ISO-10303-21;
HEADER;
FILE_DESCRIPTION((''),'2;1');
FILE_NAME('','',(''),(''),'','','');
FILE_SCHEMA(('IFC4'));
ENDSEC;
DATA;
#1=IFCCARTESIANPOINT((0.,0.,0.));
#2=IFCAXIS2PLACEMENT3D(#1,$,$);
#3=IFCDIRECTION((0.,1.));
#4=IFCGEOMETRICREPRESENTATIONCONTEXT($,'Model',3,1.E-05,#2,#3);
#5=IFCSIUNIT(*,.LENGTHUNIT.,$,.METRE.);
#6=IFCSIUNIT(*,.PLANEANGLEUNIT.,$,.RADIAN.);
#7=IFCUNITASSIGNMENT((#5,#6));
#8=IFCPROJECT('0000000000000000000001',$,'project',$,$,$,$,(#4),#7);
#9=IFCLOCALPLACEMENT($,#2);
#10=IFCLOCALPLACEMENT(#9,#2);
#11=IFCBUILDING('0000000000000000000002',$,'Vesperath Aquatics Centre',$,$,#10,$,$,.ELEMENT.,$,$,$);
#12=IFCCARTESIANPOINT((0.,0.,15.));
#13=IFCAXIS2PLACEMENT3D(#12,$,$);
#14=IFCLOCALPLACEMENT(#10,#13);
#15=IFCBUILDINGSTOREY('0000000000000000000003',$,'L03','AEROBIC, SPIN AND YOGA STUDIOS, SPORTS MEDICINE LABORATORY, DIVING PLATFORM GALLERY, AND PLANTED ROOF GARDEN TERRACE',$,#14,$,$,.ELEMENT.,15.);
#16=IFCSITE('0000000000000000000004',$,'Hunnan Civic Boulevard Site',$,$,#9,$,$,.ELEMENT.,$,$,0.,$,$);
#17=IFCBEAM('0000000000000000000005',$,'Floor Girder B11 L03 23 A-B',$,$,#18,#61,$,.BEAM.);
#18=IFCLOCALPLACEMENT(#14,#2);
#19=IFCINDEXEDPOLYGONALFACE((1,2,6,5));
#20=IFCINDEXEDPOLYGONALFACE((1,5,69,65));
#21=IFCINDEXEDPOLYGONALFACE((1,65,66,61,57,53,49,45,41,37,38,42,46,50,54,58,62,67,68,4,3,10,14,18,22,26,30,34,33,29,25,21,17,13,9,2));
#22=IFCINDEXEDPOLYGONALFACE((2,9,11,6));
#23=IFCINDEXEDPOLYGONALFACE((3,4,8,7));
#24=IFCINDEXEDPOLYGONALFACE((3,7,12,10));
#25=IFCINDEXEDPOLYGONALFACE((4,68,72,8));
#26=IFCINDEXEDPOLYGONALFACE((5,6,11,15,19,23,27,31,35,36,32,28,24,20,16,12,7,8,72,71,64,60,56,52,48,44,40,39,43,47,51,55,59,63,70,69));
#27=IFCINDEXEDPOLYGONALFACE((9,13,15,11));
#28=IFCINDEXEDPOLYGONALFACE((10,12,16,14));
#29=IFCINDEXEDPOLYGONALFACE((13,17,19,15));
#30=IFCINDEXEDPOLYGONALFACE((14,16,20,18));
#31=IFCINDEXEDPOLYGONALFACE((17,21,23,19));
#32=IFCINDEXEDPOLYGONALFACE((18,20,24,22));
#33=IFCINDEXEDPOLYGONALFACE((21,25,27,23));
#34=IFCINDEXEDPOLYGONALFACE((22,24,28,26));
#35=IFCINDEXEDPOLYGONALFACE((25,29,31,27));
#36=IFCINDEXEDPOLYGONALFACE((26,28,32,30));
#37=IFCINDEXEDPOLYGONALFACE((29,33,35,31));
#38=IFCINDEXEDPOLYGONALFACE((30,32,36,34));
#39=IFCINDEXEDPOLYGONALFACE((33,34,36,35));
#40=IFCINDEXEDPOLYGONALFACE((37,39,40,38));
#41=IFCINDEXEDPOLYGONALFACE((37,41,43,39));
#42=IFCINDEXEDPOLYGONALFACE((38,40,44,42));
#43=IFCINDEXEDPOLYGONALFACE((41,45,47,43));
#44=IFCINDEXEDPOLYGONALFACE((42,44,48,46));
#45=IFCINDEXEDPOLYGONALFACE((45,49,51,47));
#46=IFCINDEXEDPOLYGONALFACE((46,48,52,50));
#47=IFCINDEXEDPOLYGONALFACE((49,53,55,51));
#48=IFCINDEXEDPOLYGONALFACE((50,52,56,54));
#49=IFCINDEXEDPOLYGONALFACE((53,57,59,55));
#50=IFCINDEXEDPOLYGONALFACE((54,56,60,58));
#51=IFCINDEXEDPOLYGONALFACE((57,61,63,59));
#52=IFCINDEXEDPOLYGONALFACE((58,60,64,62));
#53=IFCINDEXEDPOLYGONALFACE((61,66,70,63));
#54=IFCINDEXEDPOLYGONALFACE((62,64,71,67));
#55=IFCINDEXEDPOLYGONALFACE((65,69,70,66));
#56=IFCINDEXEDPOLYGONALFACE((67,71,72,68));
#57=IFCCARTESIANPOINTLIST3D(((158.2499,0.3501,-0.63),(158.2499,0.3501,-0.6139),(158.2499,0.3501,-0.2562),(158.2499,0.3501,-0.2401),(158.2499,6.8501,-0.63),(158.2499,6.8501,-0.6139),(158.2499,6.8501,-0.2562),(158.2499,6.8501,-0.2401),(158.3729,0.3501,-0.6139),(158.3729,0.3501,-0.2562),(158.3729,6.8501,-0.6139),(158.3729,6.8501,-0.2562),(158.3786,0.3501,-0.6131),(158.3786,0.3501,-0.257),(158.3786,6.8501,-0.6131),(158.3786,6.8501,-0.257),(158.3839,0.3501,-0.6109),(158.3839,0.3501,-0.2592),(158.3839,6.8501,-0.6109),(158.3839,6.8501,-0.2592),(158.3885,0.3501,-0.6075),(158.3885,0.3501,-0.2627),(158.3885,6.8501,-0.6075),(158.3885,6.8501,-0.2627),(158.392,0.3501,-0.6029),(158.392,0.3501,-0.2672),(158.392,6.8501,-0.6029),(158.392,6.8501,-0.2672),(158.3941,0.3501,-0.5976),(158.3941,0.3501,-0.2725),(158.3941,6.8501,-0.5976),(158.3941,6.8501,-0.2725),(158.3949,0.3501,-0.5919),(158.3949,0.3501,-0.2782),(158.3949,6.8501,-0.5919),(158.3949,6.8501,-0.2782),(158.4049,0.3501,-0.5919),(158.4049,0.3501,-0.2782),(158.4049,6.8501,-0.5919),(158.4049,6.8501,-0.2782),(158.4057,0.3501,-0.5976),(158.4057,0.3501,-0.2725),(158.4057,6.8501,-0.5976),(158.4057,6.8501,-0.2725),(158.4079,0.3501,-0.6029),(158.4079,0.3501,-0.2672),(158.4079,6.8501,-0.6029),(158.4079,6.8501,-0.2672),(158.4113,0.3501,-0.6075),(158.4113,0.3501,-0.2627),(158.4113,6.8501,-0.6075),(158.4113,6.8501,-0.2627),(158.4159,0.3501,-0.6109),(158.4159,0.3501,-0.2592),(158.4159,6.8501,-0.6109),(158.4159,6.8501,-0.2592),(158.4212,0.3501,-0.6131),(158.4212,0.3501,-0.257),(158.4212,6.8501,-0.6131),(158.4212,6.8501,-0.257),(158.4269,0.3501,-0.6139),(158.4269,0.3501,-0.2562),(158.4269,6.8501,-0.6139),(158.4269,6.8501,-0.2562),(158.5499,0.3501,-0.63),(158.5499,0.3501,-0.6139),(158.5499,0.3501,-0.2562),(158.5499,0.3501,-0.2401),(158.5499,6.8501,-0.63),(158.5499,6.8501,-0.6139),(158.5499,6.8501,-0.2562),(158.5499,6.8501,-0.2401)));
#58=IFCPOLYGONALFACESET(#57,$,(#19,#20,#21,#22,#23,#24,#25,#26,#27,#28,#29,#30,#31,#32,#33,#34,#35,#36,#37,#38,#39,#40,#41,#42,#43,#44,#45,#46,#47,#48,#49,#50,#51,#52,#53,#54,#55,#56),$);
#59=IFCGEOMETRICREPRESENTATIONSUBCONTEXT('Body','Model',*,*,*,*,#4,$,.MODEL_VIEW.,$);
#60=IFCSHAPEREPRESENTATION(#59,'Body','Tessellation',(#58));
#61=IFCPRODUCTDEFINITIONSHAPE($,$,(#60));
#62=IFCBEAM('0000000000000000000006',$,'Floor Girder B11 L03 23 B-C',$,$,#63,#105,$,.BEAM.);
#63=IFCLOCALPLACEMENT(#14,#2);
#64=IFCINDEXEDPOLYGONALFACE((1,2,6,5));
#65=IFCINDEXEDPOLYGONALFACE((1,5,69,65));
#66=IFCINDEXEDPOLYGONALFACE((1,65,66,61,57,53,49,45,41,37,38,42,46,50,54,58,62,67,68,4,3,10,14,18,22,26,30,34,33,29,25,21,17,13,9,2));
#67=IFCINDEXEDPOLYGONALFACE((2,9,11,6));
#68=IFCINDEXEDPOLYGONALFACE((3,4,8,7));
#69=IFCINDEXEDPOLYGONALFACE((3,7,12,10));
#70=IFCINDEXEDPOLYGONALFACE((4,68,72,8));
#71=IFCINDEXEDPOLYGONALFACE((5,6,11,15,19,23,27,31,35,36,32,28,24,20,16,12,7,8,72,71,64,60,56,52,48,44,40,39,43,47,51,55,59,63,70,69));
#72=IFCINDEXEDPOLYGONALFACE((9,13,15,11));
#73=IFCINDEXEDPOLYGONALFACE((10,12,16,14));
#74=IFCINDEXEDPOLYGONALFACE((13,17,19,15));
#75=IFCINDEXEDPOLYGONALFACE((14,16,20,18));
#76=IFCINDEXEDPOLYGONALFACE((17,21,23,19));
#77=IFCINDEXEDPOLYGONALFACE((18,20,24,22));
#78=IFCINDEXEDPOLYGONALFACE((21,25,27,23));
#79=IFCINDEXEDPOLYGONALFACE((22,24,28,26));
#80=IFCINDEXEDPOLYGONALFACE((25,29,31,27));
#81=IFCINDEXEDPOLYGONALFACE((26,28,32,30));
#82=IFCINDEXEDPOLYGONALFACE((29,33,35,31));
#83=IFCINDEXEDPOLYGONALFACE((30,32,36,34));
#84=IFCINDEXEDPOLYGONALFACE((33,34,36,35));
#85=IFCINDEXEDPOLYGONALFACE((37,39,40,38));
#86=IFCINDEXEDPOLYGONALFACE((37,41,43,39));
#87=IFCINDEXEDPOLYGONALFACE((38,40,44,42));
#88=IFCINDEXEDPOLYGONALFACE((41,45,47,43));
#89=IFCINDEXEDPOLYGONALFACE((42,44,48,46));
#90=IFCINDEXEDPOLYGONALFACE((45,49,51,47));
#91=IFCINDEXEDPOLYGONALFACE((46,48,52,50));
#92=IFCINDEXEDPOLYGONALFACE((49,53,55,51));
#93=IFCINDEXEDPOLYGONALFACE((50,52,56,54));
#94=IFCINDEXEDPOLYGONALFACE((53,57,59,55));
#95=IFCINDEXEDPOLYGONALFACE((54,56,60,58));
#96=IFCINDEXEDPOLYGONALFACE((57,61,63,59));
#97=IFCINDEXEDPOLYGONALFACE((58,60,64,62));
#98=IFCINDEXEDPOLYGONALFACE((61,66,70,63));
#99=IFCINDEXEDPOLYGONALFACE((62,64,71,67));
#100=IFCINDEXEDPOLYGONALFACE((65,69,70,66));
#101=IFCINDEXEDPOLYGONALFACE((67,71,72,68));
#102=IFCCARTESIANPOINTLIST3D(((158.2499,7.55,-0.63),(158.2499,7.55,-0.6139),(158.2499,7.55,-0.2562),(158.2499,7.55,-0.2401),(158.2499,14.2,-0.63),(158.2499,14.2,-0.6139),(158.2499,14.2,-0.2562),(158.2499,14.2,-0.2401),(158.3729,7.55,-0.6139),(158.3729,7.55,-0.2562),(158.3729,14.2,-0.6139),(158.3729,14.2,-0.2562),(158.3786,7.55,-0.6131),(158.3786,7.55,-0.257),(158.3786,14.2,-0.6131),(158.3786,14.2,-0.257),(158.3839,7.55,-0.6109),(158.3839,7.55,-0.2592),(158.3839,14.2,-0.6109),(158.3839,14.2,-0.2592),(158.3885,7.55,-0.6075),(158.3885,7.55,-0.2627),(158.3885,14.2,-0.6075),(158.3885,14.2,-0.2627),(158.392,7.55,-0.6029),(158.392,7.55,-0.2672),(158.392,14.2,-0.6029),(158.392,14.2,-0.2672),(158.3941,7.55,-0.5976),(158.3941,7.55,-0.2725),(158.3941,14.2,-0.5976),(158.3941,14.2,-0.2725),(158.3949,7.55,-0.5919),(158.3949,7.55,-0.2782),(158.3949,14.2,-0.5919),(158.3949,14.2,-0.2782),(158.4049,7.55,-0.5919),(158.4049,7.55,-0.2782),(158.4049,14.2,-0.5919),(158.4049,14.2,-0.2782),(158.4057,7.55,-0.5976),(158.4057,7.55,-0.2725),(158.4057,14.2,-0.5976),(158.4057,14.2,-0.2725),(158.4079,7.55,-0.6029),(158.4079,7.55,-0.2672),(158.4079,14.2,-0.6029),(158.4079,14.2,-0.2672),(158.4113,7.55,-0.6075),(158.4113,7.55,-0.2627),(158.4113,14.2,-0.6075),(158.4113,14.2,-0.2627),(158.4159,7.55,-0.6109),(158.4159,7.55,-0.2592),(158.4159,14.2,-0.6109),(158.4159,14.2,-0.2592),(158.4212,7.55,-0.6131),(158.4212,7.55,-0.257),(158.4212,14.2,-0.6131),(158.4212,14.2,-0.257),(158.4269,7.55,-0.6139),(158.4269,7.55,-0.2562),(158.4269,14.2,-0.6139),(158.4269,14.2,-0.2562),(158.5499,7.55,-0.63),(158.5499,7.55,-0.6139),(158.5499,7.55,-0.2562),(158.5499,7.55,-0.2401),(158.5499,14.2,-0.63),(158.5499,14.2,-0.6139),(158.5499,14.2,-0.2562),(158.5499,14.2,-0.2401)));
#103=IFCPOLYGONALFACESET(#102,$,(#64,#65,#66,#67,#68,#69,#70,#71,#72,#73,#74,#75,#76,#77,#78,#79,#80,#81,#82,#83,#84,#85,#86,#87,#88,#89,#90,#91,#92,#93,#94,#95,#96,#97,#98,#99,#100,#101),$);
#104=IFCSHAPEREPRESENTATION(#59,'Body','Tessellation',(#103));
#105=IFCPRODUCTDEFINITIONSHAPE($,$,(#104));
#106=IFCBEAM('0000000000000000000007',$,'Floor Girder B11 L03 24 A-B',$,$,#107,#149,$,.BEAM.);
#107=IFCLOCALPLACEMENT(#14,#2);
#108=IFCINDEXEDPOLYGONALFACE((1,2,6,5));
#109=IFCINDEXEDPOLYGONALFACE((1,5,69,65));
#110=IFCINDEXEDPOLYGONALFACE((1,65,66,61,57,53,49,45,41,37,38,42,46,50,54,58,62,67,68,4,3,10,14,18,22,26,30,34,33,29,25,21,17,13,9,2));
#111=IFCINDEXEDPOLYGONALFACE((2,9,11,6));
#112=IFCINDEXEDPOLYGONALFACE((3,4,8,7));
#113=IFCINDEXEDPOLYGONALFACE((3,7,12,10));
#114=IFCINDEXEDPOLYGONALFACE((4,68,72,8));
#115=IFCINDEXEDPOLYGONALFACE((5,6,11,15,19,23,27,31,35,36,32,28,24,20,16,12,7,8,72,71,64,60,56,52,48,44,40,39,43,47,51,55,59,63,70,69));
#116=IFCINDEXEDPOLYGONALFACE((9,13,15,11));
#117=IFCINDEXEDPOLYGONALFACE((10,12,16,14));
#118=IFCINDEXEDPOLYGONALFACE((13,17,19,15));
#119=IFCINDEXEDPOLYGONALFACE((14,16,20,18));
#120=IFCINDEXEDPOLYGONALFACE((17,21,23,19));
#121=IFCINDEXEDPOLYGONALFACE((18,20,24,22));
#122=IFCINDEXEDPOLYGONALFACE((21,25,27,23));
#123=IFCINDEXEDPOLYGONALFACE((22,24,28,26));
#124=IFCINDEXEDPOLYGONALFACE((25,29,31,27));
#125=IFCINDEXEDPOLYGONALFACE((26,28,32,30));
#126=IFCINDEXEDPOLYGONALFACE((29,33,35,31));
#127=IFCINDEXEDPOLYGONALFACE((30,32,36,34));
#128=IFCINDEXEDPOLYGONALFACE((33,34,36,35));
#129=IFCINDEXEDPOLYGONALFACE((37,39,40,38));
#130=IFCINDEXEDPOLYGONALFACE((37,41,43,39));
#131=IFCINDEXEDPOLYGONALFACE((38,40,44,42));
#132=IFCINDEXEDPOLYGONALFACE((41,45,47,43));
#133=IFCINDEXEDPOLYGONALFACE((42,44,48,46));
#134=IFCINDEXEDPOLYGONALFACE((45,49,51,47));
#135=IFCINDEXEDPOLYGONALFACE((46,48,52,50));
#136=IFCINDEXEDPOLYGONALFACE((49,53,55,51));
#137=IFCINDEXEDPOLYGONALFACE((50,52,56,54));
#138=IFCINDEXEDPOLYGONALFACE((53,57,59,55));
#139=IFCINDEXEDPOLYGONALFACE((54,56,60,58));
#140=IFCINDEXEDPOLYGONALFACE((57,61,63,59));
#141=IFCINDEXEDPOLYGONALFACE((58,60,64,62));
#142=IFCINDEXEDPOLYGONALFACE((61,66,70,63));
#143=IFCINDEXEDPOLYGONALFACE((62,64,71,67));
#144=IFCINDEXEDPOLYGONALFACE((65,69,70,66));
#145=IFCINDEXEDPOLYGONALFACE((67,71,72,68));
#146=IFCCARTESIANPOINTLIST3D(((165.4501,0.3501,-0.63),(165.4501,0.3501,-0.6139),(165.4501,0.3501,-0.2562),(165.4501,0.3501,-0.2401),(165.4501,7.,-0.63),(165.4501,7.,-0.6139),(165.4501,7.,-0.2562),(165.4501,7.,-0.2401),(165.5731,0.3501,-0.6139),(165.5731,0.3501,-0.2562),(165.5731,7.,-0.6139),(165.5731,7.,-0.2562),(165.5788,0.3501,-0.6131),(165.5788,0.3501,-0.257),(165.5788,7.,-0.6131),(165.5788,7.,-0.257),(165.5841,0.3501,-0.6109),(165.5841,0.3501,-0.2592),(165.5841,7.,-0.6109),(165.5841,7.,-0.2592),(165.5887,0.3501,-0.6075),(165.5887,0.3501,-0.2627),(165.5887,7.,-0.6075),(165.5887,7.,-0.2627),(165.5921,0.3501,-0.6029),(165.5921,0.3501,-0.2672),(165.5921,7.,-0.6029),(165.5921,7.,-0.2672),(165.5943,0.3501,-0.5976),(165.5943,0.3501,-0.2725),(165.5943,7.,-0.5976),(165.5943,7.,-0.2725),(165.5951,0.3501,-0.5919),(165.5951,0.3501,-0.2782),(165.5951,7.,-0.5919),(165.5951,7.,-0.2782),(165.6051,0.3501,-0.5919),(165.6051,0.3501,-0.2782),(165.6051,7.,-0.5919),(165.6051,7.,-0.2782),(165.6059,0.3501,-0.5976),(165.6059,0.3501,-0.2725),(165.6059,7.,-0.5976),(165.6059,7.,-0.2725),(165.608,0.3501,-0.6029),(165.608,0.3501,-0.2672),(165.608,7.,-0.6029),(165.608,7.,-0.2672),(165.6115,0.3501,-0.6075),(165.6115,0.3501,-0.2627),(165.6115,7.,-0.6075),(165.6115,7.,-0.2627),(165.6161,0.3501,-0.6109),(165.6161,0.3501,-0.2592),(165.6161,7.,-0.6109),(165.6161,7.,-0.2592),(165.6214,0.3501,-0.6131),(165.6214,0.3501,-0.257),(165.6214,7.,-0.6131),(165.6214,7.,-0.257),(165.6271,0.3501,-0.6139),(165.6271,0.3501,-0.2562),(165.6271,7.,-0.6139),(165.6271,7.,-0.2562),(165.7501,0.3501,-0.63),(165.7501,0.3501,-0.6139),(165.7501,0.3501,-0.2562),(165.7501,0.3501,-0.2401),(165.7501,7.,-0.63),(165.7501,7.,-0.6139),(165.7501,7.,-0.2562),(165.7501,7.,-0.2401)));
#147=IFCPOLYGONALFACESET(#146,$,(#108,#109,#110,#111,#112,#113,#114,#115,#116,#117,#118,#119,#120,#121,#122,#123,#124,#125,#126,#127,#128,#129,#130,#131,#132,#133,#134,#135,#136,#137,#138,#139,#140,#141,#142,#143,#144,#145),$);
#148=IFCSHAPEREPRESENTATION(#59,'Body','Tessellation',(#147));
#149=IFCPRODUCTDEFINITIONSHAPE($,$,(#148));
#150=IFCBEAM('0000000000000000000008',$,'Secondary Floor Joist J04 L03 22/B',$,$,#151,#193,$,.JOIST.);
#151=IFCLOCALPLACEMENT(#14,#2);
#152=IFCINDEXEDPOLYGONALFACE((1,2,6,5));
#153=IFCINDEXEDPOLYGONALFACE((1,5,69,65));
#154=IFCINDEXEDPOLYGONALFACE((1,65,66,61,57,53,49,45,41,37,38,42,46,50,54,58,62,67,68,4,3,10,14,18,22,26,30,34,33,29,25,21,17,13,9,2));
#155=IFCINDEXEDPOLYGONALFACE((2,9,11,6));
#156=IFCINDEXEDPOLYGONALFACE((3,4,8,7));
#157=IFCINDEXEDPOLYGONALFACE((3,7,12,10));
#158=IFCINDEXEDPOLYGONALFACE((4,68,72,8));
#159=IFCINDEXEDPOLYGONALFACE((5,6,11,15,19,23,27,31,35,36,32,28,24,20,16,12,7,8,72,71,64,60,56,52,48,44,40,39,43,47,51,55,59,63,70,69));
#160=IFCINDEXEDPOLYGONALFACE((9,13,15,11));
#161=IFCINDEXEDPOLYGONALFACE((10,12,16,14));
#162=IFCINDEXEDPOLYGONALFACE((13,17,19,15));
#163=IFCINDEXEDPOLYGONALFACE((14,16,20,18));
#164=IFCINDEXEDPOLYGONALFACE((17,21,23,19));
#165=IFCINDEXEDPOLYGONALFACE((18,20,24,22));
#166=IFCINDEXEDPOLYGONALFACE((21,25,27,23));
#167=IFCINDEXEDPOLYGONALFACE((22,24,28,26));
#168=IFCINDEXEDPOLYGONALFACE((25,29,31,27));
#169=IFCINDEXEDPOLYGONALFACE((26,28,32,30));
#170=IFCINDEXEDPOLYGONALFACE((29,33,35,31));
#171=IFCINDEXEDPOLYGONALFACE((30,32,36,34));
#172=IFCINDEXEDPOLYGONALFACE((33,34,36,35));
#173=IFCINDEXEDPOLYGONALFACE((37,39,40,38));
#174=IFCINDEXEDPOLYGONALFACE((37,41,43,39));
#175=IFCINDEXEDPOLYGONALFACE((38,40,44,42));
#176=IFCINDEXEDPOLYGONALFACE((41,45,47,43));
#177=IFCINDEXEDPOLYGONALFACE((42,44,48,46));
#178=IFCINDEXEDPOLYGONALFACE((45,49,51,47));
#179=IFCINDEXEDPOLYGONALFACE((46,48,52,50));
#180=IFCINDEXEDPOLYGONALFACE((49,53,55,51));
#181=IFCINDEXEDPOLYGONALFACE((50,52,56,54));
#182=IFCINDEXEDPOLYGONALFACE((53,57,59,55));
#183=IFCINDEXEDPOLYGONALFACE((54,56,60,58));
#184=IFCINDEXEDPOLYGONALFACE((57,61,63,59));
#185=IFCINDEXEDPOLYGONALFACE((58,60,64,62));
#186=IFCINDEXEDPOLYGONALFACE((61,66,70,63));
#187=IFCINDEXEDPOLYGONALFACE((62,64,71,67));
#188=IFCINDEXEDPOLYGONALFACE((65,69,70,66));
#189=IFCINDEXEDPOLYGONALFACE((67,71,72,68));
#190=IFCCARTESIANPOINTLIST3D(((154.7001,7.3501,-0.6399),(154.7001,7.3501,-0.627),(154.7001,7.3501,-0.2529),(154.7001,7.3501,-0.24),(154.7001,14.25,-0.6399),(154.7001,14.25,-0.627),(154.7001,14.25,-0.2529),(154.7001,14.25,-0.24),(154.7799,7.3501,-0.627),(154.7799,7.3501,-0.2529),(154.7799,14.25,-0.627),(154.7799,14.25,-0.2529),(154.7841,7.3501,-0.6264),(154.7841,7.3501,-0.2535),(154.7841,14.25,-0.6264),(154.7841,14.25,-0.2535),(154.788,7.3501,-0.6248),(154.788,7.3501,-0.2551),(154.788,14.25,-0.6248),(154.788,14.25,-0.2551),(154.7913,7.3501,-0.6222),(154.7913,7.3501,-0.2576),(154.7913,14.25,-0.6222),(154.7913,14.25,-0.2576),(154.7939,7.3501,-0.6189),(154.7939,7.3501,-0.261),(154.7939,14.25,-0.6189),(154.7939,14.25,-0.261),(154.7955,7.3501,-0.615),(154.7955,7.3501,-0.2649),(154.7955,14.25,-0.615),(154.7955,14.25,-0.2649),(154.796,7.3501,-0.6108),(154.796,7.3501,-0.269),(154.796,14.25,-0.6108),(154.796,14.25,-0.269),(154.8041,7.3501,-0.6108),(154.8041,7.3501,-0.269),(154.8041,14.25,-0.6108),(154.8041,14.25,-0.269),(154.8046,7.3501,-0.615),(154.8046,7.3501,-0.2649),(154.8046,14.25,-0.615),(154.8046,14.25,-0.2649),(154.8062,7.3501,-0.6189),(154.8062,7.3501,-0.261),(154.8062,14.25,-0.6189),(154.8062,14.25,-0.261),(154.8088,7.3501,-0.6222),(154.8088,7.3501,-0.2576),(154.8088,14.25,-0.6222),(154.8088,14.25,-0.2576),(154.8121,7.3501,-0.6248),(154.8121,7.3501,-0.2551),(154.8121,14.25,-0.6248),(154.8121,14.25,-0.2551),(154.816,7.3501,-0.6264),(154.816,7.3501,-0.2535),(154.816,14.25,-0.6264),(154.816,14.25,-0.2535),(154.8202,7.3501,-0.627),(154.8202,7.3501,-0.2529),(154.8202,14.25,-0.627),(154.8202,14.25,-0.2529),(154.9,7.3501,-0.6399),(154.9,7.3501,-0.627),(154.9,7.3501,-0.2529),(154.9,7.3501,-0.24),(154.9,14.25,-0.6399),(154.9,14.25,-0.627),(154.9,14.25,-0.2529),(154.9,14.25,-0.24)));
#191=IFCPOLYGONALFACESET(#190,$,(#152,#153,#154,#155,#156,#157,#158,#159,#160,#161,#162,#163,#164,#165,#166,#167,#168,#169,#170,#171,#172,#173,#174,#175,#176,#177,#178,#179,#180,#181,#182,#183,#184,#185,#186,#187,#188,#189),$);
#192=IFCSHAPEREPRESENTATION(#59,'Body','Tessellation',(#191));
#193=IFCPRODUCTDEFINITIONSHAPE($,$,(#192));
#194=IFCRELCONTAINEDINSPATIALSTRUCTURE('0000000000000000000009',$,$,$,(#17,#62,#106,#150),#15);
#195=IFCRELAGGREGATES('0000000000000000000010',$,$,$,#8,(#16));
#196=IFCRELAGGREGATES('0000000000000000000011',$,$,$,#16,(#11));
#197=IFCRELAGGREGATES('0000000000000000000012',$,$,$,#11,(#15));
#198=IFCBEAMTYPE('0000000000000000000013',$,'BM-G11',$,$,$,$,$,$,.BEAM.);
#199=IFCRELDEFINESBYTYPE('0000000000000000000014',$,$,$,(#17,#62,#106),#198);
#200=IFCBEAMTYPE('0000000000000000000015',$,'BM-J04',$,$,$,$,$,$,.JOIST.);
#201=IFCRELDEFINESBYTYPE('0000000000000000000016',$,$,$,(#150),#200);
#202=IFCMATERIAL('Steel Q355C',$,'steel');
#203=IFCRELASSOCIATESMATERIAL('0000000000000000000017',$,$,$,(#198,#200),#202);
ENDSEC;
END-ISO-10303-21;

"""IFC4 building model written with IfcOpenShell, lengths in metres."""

from ifc_helpers import new_model, si_unit, direction, frame, origin, origin_2d, place, context, subcontext, project, spatial, i_section, extrude, material, material_profile, profile_set, type_object, element, save


model = new_model("IFC4")

# Units and contexts
model_context = context("Model", 3, precision=1e-05, world=origin(), true_north=direction((0.0, 1.0)))
body_context = subcontext(model_context, "Body", "Model", "MODEL_VIEW")
ifc_project = project(units=[si_unit("LENGTHUNIT", "METRE"), si_unit("PLANEANGLEUNIT", "RADIAN")], contexts=[model_context])

# Site, building, storey
site_placement = place(None, origin())
site = spatial("IfcSite", under=ifc_project, at=site_placement, Name="Hunnan Civic Boulevard Site", CompositionType="ELEMENT", RefElevation=0.0)
building_placement = place(site_placement, origin())
building = spatial("IfcBuilding", under=site, at=building_placement, Name="Vesperath Aquatics Centre", CompositionType="ELEMENT")
storey_placement = place(building_placement, frame((0.0, 0.0, 15.0)))
storey = spatial("IfcBuildingStorey", under=building, at=storey_placement, Name="L03", Description="AEROBIC, SPIN AND YOGA STUDIOS, SPORTS MEDICINE LABORATORY, DIVING PLATFORM GALLERY, AND PLANTED ROOF GARDEN TERRACE", CompositionType="ELEMENT", Elevation=15.0)

# Shared definitions
ifc_material_1 = material(Name="Steel Q355C", Category="steel")

# Beams
ifc_material_profile_1 = material_profile(ifc_material_1, i_section(OverallWidth=0.3, OverallDepth=0.3899, WebThickness=0.01, FlangeThickness=0.0161, FilletRadius=0.022, at=origin_2d()), Name="HM 390x300x10x16")
ifc_profile_set_1 = profile_set([ifc_material_profile_1], Name="Steel Q355C")
beam_type_1 = type_object("IfcBeamType", Name="BM-G11", PredefinedType="BEAM", material=ifc_profile_set_1)
beam_1_placement = place(storey_placement, frame((158.3999, 0.3501, -0.4351), z_axis=(0.0, 1.0, 0.0), x_axis=(-1.0, 0.0, 0.0)))
element("IfcBeam", 1, at=beam_1_placement, inside=storey, type_object=beam_type_1, Name="Floor Girder B11 L03 23 A-B", PredefinedType="BEAM", context=body_context, shape_type="SweptSolid", body=[
    extrude(i_section(OverallWidth=0.3, OverallDepth=0.3899, WebThickness=0.01, FlangeThickness=0.0161, FilletRadius=0.022, at=origin_2d()), origin(), (0.0, 0.0, 1.0), 6.5),
])
for number, where, z_axis, x_axis, name in (
    (2, (158.3999, 7.55, -0.4351), (0.0, 1.0, 0.0), (-1.0, 0.0, 0.0), "Floor Girder B11 L03 23 B-C"),
    (3, (165.6001, 0.3501, -0.4351), (0.0, 1.0, 0.0), (-1.0, 0.0, 0.0), "Floor Girder B11 L03 24 A-B"),
):
    element("IfcBeam", number, at=place(storey_placement, frame(where, z_axis=z_axis, x_axis=x_axis)), inside=storey, type_object=beam_type_1, Name=name, PredefinedType="BEAM", context=body_context, shape_type="SweptSolid", body=[
        extrude(i_section(OverallWidth=0.3, OverallDepth=0.3899, WebThickness=0.01, FlangeThickness=0.0161, FilletRadius=0.022, at=origin_2d()), origin(), (0.0, 0.0, 1.0), 6.6499),
    ])
ifc_material_profile_2 = material_profile(ifc_material_1, i_section(OverallWidth=0.2, OverallDepth=0.3999, WebThickness=0.0081, FlangeThickness=0.0129, FilletRadius=0.0161, at=origin_2d()), Name="HN 400x200x8x13")
ifc_profile_set_2 = profile_set([ifc_material_profile_2], Name="Steel Q355C")
beam_type_2 = type_object("IfcBeamType", Name="BM-J04", PredefinedType="JOIST", material=ifc_profile_set_2)
for number, where, z_axis, x_axis, name in (
    (4, (154.8, 7.3501, -0.4399), (0.0, 1.0, 0.0), (-1.0, 0.0, 0.0), "Secondary Floor Joist J04 L03 22/B"),
):
    element("IfcBeam", number, at=place(storey_placement, frame(where, z_axis=z_axis, x_axis=x_axis)), inside=storey, type_object=beam_type_2, Name=name, PredefinedType="JOIST", context=body_context, shape_type="SweptSolid", body=[
        extrude(i_section(OverallWidth=0.2, OverallDepth=0.3999, WebThickness=0.0081, FlangeThickness=0.0129, FilletRadius=0.0161, at=origin_2d()), origin(), (0.0, 0.0, 1.0), 6.8999),
    ])

save(model, "model.ifc")
